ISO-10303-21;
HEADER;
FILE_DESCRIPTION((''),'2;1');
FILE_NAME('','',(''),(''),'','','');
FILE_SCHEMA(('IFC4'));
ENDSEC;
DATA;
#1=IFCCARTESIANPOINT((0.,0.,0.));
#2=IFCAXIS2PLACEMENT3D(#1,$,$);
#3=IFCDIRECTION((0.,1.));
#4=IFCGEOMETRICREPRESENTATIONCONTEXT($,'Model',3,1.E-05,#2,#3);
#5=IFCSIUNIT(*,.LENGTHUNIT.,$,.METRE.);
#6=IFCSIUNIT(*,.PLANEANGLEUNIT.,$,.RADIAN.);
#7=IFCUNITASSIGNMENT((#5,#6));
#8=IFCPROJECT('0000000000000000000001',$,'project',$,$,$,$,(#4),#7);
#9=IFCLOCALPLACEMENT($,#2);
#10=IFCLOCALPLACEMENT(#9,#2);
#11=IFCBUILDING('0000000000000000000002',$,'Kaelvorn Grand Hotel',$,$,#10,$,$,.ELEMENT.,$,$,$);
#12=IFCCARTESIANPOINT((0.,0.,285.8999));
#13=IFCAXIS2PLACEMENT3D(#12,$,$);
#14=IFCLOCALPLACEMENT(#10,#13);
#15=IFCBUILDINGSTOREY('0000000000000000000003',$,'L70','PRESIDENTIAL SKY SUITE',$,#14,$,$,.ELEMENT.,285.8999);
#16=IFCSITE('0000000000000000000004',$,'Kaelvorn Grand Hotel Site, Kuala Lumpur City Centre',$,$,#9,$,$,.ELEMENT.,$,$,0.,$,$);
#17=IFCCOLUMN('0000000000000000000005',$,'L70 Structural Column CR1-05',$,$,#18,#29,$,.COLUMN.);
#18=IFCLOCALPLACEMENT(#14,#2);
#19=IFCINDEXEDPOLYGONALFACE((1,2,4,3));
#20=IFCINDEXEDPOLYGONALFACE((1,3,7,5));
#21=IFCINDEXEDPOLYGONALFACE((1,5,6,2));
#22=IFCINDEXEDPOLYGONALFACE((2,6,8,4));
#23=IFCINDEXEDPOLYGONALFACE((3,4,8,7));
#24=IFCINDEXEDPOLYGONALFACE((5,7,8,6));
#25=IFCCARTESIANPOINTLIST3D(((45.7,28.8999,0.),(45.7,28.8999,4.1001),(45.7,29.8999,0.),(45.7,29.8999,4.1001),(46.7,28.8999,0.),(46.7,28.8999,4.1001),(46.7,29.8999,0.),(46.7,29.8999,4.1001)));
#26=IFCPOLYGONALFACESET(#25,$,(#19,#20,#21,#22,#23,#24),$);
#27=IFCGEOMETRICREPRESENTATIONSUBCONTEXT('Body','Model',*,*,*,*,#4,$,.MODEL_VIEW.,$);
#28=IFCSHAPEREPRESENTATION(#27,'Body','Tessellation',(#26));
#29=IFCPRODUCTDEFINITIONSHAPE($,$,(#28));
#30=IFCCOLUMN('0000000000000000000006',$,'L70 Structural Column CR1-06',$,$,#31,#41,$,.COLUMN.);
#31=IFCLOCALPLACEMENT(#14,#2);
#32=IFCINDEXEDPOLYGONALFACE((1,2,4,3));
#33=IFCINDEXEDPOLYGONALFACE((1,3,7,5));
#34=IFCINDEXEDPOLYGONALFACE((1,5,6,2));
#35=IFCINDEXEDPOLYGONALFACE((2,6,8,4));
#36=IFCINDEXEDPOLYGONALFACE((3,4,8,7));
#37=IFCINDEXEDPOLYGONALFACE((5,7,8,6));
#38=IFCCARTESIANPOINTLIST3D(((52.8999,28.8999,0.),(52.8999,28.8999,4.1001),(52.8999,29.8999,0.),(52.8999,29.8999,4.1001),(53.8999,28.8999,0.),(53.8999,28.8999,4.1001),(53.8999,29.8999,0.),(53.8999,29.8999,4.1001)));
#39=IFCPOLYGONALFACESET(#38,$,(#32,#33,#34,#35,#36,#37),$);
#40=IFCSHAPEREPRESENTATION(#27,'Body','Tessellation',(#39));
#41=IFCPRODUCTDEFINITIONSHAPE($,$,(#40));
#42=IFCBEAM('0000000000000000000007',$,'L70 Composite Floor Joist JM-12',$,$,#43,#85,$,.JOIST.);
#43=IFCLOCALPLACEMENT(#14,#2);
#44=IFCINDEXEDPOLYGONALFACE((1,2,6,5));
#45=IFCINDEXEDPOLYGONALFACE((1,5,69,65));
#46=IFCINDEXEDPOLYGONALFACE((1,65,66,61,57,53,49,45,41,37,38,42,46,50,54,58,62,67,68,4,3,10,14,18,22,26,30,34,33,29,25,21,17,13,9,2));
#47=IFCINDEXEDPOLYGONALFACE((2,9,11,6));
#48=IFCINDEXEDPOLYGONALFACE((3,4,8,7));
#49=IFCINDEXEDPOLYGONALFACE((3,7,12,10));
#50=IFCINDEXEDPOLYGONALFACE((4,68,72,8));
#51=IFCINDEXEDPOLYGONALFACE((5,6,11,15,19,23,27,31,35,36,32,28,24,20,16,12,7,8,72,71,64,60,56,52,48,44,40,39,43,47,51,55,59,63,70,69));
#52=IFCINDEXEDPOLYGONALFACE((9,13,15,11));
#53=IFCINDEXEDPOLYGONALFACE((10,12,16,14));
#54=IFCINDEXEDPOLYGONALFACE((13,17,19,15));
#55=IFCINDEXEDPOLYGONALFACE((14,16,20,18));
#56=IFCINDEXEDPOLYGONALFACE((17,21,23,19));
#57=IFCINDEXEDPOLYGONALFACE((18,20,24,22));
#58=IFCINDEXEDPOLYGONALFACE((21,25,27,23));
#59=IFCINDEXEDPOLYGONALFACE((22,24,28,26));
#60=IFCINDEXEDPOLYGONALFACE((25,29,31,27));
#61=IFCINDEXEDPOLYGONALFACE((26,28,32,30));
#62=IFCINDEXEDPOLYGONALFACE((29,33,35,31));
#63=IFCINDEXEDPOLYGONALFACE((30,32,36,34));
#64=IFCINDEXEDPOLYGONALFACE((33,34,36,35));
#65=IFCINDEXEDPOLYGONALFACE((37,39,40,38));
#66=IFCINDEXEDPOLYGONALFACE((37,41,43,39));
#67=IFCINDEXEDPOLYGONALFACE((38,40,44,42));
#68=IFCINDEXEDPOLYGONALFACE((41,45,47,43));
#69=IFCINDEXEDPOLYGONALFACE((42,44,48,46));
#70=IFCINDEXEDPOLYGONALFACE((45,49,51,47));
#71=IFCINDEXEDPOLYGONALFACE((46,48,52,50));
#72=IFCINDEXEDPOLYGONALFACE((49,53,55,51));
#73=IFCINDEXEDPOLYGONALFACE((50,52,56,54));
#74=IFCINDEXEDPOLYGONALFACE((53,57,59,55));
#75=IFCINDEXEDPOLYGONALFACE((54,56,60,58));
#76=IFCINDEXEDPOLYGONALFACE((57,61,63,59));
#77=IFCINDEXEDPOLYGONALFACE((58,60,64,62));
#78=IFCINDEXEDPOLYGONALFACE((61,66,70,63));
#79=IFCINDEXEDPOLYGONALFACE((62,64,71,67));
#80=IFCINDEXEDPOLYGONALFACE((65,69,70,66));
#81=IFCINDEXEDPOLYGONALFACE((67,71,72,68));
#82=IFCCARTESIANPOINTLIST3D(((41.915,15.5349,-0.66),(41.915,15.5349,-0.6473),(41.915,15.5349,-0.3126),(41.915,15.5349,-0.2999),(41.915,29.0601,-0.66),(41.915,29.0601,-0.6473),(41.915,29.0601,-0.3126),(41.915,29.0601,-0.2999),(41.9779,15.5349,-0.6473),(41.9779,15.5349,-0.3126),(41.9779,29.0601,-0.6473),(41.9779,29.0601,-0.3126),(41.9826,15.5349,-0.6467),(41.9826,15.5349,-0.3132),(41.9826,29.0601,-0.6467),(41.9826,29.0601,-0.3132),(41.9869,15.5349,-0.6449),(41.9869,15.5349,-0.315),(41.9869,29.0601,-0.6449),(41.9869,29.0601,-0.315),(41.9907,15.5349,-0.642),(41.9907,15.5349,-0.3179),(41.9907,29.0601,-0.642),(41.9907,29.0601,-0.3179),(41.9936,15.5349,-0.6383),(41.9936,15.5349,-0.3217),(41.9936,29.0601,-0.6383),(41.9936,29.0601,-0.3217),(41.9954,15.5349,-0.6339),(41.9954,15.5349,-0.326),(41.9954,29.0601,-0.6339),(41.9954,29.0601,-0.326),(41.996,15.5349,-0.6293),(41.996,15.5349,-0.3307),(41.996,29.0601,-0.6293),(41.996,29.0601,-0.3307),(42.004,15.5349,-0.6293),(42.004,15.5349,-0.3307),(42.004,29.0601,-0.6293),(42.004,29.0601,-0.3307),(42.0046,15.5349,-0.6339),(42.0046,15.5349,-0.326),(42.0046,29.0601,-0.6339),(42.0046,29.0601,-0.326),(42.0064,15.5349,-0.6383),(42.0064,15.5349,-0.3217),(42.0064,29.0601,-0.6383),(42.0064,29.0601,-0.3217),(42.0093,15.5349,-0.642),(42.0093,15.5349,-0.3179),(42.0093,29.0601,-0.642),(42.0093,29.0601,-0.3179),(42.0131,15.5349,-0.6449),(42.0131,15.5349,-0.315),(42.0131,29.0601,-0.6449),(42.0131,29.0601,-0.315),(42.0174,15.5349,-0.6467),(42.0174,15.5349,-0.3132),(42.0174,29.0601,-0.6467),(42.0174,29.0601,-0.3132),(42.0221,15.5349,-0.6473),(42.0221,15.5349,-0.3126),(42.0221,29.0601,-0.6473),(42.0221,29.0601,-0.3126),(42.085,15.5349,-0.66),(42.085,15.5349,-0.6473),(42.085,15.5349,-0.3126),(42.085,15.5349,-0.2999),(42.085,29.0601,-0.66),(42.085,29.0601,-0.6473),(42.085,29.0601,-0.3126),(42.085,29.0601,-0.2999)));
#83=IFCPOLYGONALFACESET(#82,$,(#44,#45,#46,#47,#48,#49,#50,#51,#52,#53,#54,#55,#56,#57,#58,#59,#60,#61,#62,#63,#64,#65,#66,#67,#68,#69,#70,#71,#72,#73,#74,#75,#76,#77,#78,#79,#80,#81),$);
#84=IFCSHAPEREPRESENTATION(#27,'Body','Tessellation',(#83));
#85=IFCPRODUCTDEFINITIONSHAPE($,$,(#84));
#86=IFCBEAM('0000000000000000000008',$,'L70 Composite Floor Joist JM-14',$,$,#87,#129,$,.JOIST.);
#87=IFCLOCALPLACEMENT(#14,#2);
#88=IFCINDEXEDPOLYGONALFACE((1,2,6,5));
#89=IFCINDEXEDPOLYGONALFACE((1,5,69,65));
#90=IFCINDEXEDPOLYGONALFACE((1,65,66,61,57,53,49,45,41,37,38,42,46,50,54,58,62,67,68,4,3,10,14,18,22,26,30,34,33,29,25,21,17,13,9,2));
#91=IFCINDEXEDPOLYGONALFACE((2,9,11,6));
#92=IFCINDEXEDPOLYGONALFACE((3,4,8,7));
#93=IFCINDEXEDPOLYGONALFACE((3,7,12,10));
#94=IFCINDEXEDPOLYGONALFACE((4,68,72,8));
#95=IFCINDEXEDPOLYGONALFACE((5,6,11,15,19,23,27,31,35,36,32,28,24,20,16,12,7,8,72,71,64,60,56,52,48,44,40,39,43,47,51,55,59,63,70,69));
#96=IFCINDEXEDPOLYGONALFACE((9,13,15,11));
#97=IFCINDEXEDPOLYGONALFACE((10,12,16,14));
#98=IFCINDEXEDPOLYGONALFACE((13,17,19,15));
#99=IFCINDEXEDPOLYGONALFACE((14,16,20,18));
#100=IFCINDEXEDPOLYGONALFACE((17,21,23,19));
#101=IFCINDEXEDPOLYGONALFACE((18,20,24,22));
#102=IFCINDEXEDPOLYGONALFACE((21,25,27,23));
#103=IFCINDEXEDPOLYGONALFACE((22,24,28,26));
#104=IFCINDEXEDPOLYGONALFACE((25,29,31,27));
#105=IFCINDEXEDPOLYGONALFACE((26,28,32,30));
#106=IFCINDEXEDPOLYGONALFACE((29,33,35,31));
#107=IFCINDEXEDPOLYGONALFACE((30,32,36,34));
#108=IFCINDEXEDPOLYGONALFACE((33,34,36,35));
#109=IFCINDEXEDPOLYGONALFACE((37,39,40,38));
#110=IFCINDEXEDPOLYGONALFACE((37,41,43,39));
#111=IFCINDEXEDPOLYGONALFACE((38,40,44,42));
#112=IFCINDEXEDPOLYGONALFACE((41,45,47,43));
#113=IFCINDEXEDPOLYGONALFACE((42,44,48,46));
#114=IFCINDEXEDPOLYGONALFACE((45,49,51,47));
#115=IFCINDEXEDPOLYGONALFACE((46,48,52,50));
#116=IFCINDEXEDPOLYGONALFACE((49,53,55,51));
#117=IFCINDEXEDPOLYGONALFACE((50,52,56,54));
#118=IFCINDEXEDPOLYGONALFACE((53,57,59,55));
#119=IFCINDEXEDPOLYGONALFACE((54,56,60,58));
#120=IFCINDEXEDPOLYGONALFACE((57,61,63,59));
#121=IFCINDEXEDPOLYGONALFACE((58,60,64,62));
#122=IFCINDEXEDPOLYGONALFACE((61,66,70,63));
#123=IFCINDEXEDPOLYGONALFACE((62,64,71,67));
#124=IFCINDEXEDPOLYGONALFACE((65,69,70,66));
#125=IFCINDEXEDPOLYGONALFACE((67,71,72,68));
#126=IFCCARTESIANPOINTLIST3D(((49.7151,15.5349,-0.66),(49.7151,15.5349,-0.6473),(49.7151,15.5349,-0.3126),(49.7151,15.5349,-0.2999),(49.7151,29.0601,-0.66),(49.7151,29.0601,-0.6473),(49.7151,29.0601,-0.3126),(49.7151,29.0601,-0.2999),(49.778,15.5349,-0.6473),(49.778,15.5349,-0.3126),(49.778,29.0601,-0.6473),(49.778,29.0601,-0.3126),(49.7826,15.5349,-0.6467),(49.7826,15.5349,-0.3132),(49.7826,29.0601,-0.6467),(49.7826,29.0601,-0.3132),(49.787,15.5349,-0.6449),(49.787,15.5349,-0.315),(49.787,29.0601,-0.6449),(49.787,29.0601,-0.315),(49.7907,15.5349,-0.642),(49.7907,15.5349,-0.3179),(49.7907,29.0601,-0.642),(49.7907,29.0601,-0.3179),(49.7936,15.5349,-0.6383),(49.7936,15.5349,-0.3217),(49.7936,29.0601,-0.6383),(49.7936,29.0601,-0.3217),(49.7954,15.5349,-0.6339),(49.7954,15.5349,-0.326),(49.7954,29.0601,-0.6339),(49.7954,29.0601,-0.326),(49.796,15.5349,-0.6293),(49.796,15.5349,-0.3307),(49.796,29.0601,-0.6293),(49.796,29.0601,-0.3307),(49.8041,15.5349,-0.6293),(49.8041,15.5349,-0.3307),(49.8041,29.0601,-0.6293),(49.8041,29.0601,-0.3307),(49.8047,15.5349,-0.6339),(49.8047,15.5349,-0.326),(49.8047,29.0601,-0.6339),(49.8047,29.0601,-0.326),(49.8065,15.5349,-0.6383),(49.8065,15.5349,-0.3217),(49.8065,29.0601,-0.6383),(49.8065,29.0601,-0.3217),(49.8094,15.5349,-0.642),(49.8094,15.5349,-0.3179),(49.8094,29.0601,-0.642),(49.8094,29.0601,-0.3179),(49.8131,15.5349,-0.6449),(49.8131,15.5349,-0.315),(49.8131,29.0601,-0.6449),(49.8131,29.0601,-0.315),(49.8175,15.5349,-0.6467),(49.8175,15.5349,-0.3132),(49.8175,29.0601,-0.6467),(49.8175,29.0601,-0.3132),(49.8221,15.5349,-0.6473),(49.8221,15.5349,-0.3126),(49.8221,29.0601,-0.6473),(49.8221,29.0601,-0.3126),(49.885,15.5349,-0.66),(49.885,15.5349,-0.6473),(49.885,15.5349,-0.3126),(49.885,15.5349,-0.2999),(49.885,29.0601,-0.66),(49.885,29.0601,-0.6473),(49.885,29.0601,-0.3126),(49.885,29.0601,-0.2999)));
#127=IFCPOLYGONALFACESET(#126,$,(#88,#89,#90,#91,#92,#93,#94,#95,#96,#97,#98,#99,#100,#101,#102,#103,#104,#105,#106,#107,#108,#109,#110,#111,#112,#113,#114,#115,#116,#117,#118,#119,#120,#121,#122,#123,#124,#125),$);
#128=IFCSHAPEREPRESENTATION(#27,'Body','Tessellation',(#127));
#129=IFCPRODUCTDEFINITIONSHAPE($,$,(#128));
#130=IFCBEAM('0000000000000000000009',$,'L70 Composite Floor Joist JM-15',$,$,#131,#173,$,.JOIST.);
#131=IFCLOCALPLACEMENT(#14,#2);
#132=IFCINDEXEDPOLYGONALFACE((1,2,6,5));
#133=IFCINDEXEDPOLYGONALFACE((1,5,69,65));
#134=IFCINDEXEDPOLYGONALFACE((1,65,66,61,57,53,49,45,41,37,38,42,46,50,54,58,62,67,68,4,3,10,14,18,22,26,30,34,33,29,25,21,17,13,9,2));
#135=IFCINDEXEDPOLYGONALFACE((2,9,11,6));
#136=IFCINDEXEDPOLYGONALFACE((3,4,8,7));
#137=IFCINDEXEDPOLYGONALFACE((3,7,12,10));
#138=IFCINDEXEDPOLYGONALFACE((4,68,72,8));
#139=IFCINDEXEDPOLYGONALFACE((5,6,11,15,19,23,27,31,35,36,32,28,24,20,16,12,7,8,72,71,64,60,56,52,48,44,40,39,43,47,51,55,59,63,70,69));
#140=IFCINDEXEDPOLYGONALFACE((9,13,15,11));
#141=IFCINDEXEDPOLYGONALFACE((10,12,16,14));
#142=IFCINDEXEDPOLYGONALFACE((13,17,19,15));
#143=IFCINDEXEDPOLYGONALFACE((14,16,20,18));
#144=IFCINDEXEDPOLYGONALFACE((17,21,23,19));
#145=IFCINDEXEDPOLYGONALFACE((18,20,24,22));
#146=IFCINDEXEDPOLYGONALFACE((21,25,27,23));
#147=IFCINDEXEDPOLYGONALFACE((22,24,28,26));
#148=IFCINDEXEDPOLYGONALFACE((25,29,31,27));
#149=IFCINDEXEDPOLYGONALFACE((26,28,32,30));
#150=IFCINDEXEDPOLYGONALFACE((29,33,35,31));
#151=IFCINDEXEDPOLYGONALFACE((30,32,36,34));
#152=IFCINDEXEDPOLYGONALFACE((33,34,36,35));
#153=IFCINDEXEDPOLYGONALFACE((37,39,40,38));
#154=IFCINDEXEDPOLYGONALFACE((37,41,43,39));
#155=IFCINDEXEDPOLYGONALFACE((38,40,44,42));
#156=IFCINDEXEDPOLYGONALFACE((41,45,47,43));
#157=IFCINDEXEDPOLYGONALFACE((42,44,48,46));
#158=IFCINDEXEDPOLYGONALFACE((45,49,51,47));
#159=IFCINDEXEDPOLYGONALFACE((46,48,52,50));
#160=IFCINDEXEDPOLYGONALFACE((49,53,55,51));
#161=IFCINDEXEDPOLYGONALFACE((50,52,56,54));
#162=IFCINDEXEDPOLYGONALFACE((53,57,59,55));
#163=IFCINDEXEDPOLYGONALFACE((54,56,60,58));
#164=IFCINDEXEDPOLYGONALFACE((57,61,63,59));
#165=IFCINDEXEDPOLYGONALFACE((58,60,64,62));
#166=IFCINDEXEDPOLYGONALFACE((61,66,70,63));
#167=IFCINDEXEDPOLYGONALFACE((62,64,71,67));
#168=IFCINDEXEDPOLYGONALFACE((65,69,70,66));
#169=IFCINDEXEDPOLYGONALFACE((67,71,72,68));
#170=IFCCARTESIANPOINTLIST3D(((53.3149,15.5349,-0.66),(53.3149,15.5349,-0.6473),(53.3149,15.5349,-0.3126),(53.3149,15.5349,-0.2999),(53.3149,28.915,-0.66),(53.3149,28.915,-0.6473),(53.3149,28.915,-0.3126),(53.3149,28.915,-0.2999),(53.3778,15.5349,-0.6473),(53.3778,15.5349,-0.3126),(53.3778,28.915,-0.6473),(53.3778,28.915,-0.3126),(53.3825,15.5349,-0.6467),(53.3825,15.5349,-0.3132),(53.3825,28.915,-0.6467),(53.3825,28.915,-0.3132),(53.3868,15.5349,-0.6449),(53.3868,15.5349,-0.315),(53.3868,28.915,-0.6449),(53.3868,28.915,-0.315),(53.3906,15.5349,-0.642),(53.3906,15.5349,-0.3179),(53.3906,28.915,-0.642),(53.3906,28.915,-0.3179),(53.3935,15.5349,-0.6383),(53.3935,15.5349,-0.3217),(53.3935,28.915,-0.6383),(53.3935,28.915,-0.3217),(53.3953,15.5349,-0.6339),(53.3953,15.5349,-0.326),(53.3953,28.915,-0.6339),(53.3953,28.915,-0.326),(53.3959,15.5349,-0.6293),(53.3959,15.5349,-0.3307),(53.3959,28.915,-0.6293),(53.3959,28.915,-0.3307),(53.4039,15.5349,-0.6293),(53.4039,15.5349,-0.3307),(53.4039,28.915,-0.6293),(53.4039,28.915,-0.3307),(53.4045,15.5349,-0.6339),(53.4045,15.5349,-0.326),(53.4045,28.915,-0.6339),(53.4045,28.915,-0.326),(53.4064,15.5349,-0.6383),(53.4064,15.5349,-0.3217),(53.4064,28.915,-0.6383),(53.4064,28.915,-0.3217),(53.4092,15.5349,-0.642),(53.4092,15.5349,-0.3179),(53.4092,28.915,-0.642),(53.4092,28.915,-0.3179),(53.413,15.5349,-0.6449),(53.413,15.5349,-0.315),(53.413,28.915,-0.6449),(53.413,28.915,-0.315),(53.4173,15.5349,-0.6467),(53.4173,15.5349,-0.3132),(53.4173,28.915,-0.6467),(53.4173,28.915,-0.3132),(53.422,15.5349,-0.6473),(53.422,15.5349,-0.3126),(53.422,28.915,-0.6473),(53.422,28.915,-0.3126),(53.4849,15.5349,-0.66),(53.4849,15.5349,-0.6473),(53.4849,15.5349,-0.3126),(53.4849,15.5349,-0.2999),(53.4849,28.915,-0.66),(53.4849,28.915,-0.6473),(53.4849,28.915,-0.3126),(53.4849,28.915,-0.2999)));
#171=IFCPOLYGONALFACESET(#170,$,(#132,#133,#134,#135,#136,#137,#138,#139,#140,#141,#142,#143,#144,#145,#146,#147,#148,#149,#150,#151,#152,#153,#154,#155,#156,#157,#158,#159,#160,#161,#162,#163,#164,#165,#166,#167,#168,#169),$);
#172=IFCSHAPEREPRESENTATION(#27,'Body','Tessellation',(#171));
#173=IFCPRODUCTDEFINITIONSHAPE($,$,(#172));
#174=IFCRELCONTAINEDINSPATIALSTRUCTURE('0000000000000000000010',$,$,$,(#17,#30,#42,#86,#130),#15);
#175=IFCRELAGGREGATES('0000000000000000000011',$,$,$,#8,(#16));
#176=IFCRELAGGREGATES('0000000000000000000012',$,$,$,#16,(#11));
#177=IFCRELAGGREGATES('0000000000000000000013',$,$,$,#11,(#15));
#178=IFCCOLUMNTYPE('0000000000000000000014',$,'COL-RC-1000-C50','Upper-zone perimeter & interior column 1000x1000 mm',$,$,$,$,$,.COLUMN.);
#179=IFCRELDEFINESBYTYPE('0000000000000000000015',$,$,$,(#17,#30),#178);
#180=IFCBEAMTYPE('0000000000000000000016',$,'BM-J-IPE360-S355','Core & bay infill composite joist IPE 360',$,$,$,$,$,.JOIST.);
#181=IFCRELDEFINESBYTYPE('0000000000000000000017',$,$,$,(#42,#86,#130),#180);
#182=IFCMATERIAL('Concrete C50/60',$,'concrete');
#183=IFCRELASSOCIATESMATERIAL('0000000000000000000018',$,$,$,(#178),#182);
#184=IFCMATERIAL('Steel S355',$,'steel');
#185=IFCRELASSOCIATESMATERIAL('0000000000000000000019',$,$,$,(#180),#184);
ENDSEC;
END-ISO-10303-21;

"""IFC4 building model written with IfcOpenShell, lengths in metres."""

from ifc_helpers import new_model, si_unit, direction, frame, origin, origin_2d, place, context, subcontext, project, spatial, rectangle, i_section, extrude, material, material_profile, profile_set, type_object, element, save


model = new_model("IFC4")

# Units and contexts
model_context = context("Model", 3, precision=1e-05, world=origin(), true_north=direction((0.0, 1.0)))
body_context = subcontext(model_context, "Body", "Model", "MODEL_VIEW")
ifc_project = project(units=[si_unit("LENGTHUNIT", "METRE"), si_unit("PLANEANGLEUNIT", "RADIAN")], contexts=[model_context])

# Site, building, storey
site_placement = place(None, origin())
site = spatial("IfcSite", under=ifc_project, at=site_placement, Name="Kaelvorn Grand Hotel Site, Kuala Lumpur City Centre", CompositionType="ELEMENT", RefElevation=0.0)
building_placement = place(site_placement, origin())
building = spatial("IfcBuilding", under=site, at=building_placement, Name="Kaelvorn Grand Hotel", CompositionType="ELEMENT")
storey_placement = place(building_placement, frame((0.0, 0.0, 285.8999)))
storey = spatial("IfcBuildingStorey", under=building, at=storey_placement, Name="L70", Description="PRESIDENTIAL SKY SUITE", CompositionType="ELEMENT", Elevation=285.8999)

# Columns
ifc_material_1 = material(Name="Concrete C50/60", Category="concrete")
ifc_material_profile_1 = material_profile(ifc_material_1, rectangle(XDim=1.0, YDim=1.0, at=origin_2d()), Name="RC COL 1000x1000")
ifc_profile_set_1 = profile_set([ifc_material_profile_1], Name="Concrete C50/60")
column_type = type_object("IfcColumnType", Name="COL-RC-1000-C50", Description="Upper-zone perimeter & interior column 1000x1000 mm", PredefinedType="COLUMN", material=ifc_profile_set_1)
for number, where, z_axis, x_axis, name in (
    (1, (46.2, 29.3999, 0.0), (0.0, 0.0, 1.0), (1.0, 0.0, 0.0), "L70 Structural Column CR1-05"),
    (2, (53.3999, 29.3999, 0.0), (0.0, 0.0, 1.0), (1.0, 0.0, 0.0), "L70 Structural Column CR1-06"),
):
    element("IfcColumn", number, at=place(storey_placement, frame(where, z_axis=z_axis, x_axis=x_axis)), inside=storey, type_object=column_type, Name=name, PredefinedType="COLUMN", context=body_context, shape_type="SweptSolid", body=[
        extrude(rectangle(XDim=1.0, YDim=1.0, at=origin_2d()), origin(), (0.0, 0.0, 1.0), 4.1001),
    ])

# Beams
ifc_material_2 = material(Name="Steel S355", Category="steel")
ifc_material_profile_2 = material_profile(ifc_material_2, i_section(OverallWidth=0.1699, OverallDepth=0.3601, WebThickness=0.0081, FlangeThickness=0.0127, FilletRadius=0.0181, at=origin_2d()), Name="IPE 360")
ifc_profile_set_2 = profile_set([ifc_material_profile_2], Name="Steel S355")
beam_type_1 = type_object("IfcBeamType", Name="BM-J-IPE360-S355", Description="Core & bay infill composite joist IPE 360", PredefinedType="JOIST", material=ifc_profile_set_2)
for number, where, z_axis, x_axis, name in (
    (3, (42.0, 15.5349, -0.48), (0.0, 1.0, 0.0), (-1.0, 0.0, 0.0), "L70 Composite Floor Joist JM-12"),
    (4, (49.8, 15.5349, -0.48), (0.0, 1.0, 0.0), (-1.0, 0.0, 0.0), "L70 Composite Floor Joist JM-14"),
):
    element("IfcBeam", number, at=place(storey_placement, frame(where, z_axis=z_axis, x_axis=x_axis)), inside=storey, type_object=beam_type_1, Name=name, PredefinedType="JOIST", context=body_context, shape_type="SweptSolid", body=[
        extrude(i_section(OverallWidth=0.1699, OverallDepth=0.3601, WebThickness=0.0081, FlangeThickness=0.0127, FilletRadius=0.0181, at=origin_2d()), origin(), (0.0, 0.0, 1.0), 13.5251),
    ])
beam_1_placement = place(storey_placement, frame((53.3999, 15.5349, -0.48), z_axis=(0.0, 1.0, 0.0), x_axis=(-1.0, 0.0, 0.0)))
element("IfcBeam", 5, at=beam_1_placement, inside=storey, type_object=beam_type_1, Name="L70 Composite Floor Joist JM-15", PredefinedType="JOIST", context=body_context, shape_type="SweptSolid", body=[
    extrude(i_section(OverallWidth=0.1699, OverallDepth=0.3601, WebThickness=0.0081, FlangeThickness=0.0127, FilletRadius=0.0181, at=origin_2d()), origin(), (0.0, 0.0, 1.0), 13.3801),
])

save(model, "model.ifc")
